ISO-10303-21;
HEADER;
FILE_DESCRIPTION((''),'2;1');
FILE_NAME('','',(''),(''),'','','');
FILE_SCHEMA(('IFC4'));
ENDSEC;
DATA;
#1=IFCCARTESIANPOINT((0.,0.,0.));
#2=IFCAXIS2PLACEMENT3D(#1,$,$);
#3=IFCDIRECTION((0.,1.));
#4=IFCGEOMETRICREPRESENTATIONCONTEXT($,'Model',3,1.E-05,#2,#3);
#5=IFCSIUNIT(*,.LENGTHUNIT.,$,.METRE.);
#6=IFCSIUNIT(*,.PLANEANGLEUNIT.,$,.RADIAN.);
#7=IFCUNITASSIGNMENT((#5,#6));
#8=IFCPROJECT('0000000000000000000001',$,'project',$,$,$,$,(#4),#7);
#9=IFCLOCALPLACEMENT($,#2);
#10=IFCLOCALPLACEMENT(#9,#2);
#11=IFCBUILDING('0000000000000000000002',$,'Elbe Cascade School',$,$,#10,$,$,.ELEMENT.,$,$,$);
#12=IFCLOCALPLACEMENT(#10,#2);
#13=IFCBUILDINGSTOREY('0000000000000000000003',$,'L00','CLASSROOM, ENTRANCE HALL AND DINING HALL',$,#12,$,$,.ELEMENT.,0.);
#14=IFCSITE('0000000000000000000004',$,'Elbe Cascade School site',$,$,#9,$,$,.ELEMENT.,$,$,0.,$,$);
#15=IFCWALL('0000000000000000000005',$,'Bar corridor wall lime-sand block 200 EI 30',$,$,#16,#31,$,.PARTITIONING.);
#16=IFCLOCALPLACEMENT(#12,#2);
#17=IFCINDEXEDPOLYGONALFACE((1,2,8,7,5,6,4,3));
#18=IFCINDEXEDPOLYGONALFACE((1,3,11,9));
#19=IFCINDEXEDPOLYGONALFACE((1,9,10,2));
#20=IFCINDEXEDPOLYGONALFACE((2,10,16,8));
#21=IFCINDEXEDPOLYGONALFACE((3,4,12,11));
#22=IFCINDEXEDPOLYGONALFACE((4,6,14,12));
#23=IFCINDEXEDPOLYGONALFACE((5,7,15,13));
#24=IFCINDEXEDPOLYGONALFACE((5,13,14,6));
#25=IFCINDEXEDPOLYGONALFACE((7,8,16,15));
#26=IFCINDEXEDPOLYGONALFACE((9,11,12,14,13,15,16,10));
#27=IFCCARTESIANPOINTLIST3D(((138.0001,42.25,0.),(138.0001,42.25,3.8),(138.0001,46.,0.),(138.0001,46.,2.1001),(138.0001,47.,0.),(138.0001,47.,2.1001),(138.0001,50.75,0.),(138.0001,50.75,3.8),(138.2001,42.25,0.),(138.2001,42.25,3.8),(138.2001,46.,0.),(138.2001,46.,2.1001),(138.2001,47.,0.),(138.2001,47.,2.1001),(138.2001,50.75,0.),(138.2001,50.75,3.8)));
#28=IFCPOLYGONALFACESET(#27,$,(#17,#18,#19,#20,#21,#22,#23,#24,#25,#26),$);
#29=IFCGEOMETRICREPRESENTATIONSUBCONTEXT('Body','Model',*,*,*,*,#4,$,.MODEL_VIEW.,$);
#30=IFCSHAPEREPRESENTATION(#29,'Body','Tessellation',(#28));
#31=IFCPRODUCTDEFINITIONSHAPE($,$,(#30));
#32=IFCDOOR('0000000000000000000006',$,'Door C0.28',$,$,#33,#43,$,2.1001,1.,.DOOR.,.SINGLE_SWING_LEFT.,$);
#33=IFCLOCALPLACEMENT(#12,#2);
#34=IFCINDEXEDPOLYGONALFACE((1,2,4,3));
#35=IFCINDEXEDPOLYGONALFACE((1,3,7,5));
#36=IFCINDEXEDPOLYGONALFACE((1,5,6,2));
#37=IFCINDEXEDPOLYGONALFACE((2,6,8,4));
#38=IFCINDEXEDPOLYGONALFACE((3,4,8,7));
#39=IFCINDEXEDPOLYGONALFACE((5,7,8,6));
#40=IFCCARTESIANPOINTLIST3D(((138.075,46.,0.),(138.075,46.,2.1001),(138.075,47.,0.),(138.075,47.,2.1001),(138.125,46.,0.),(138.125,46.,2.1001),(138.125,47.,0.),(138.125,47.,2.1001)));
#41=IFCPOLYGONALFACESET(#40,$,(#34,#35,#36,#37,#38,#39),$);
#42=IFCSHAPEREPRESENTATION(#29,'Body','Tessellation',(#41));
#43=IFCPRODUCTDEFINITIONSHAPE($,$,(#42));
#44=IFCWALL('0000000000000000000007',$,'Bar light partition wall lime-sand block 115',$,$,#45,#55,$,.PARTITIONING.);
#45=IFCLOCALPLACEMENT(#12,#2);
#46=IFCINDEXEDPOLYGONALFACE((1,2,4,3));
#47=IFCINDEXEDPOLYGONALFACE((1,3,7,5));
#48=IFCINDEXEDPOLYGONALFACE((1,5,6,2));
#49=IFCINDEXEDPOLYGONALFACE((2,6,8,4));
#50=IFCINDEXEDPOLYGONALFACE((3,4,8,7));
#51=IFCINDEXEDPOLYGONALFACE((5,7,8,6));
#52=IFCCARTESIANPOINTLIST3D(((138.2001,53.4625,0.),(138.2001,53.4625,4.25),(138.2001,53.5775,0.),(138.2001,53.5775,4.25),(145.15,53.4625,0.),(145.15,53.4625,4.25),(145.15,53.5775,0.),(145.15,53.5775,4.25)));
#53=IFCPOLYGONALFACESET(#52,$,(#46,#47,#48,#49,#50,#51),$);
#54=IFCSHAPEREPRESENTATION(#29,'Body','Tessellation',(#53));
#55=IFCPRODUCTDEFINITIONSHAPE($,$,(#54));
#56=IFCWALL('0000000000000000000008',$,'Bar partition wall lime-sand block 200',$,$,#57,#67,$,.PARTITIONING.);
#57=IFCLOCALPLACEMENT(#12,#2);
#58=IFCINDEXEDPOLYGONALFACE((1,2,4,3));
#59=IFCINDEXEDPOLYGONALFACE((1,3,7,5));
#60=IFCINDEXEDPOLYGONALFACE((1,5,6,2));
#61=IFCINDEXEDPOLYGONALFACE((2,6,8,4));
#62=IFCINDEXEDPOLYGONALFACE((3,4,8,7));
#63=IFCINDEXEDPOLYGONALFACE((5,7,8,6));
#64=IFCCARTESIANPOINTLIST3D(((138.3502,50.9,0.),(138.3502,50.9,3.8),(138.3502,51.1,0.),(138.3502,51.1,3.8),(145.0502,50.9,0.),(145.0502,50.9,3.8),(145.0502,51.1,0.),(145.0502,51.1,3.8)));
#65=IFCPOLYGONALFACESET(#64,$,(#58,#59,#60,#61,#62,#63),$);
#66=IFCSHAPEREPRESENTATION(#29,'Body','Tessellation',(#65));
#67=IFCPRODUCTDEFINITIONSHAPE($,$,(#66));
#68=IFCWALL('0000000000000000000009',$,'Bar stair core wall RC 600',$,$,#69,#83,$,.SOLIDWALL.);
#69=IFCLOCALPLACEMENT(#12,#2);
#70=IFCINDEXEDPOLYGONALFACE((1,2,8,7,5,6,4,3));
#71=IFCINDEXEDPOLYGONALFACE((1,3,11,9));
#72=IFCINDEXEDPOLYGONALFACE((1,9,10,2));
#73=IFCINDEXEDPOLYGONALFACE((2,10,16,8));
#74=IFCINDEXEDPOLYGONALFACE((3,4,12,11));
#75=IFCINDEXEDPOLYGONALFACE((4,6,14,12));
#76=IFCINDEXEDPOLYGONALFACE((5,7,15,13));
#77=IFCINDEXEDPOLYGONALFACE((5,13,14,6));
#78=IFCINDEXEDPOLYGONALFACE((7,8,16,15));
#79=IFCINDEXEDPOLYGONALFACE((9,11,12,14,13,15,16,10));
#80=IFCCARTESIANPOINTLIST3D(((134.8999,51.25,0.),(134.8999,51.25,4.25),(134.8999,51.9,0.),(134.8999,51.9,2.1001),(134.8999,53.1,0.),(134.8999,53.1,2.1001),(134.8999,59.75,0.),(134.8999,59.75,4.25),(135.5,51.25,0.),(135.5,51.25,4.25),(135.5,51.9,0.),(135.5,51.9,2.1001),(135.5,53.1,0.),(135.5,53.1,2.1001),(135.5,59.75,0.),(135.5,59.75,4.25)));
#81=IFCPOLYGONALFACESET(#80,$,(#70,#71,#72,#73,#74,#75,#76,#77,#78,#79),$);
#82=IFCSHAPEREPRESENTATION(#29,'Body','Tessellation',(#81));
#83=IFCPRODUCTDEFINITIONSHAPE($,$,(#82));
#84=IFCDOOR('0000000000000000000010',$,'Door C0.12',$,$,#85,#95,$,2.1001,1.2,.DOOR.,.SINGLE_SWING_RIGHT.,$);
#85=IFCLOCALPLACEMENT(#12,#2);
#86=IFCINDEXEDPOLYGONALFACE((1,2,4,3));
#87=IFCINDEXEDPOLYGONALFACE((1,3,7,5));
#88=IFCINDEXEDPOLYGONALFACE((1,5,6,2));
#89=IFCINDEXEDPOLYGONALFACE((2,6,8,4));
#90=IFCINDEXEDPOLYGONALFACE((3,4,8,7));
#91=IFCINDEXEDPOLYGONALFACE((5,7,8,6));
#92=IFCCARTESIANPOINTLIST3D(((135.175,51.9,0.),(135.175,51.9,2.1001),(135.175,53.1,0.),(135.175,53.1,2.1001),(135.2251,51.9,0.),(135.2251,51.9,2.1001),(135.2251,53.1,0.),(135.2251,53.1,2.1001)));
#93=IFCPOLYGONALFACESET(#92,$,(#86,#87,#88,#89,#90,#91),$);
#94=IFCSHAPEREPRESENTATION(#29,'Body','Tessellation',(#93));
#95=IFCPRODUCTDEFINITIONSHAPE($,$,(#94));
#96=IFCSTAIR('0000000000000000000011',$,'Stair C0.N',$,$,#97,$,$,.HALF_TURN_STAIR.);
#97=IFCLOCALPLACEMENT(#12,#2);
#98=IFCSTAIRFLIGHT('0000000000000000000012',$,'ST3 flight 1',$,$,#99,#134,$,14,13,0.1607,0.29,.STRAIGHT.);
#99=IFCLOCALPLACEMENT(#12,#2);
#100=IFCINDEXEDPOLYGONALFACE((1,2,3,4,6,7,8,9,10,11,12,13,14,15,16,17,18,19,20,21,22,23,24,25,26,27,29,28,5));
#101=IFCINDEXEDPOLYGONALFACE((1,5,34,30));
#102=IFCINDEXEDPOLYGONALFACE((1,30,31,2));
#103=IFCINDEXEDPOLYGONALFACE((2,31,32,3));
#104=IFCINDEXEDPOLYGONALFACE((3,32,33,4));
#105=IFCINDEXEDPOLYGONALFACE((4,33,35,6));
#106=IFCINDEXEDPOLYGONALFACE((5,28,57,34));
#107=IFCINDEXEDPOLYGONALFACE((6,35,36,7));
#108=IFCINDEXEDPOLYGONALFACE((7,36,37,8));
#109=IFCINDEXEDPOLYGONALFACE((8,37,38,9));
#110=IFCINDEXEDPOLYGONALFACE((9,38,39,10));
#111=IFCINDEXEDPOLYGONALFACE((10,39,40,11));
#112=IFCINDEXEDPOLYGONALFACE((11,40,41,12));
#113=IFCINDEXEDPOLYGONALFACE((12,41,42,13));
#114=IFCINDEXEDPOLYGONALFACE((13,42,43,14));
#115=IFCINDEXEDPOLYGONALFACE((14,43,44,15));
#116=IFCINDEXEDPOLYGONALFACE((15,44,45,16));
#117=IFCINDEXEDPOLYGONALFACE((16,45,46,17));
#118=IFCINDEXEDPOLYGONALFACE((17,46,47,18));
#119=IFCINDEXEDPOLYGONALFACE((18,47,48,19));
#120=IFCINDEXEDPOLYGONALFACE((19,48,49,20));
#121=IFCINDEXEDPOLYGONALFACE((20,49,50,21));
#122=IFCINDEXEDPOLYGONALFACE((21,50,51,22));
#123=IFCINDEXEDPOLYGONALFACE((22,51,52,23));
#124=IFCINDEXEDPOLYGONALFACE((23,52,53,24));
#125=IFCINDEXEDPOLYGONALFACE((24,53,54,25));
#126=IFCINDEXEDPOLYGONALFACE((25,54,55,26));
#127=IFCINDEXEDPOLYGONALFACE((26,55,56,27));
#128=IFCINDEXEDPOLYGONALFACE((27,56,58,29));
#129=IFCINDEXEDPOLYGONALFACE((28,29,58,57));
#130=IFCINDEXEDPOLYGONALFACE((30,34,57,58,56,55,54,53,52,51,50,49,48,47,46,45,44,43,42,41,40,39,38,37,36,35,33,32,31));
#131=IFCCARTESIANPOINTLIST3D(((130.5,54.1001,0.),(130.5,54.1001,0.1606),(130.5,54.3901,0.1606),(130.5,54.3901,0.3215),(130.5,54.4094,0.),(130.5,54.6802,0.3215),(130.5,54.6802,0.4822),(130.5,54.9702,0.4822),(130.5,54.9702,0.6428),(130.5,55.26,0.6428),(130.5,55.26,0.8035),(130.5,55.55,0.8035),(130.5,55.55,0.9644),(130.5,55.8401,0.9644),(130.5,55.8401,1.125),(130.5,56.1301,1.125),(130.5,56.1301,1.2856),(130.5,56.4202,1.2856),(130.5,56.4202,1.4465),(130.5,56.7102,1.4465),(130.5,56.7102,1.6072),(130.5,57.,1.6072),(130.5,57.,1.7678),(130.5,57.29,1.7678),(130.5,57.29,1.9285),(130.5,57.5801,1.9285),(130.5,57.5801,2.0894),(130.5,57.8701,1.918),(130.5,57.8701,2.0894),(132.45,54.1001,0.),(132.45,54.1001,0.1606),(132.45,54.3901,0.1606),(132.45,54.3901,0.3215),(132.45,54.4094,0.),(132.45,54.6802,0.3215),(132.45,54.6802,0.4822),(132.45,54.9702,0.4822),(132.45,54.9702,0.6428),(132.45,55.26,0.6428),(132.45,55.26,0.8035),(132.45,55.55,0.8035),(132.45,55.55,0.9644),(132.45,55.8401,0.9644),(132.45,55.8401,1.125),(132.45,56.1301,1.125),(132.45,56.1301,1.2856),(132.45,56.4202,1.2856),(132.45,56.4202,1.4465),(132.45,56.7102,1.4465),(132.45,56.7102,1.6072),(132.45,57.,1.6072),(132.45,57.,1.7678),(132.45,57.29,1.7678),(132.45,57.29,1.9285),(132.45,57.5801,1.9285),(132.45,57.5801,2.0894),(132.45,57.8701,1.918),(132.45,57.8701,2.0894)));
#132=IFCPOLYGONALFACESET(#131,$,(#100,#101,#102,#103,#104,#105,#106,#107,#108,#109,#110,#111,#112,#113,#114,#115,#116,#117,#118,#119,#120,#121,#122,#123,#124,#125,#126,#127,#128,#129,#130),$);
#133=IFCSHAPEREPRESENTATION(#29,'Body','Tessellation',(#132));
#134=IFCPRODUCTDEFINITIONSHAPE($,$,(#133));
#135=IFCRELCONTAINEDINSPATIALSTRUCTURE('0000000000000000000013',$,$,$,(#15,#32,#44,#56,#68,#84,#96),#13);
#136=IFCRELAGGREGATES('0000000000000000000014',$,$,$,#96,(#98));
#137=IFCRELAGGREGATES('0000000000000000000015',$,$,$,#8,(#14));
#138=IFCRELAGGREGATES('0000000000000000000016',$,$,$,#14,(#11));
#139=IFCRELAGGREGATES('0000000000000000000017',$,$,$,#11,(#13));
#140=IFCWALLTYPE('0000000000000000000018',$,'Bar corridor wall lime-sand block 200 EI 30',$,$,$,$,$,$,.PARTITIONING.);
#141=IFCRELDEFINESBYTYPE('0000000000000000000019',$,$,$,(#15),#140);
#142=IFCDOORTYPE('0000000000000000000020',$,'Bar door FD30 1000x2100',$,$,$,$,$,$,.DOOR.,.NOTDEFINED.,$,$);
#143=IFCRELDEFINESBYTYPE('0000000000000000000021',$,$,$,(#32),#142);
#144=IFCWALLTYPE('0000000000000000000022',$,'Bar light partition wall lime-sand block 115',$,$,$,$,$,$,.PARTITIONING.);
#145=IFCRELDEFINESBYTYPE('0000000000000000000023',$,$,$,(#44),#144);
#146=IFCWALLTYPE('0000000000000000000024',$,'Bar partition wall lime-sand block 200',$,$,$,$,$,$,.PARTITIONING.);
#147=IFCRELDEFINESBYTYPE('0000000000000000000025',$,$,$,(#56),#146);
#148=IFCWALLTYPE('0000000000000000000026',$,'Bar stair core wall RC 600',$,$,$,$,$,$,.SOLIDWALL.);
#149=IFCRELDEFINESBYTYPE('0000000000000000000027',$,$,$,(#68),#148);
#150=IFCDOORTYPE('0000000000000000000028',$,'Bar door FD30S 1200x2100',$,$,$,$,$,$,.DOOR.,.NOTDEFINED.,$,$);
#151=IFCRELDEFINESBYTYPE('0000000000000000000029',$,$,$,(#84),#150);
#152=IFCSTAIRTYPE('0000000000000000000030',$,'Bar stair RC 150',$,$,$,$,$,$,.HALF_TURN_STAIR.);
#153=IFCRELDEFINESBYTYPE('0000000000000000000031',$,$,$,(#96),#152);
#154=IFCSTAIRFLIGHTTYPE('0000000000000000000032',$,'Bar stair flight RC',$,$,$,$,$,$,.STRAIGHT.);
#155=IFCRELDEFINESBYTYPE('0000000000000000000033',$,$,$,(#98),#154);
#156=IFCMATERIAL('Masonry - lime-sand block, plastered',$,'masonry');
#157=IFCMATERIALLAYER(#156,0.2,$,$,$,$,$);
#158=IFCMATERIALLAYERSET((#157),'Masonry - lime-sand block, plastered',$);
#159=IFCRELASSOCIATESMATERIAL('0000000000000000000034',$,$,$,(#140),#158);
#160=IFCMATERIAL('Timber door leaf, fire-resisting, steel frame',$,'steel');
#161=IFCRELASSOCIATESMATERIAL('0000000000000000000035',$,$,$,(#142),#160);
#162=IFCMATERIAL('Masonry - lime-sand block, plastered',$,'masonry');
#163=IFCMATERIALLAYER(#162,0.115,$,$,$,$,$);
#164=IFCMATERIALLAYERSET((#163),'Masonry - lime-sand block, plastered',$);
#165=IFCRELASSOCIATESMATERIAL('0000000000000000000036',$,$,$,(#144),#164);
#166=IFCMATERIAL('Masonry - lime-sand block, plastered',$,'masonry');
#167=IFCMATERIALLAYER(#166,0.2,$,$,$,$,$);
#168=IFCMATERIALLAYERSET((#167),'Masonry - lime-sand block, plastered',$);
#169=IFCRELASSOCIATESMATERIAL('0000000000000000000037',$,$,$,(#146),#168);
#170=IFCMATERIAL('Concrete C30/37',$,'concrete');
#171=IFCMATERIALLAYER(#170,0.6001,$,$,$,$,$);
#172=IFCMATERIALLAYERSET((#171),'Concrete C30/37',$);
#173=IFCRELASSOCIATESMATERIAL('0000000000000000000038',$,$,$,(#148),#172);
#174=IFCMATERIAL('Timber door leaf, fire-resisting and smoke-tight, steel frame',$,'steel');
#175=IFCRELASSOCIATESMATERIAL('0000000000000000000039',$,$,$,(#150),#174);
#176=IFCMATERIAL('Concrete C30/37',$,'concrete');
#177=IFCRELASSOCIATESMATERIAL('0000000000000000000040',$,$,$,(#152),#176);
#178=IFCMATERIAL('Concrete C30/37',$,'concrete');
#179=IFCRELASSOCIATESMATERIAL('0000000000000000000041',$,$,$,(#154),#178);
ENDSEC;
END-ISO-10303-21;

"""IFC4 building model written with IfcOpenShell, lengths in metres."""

from ifc_helpers import new_model, si_unit, direction, frame, frame_2d, origin, place, context, subcontext, project, spatial, polyline, rectangle, outline, extrude, material, layer, layer_set, type_object, element, fill, aggregate, save


model = new_model("IFC4")

# Units and contexts
model_context = context("Model", 3, precision=1e-05, world=origin(), true_north=direction((0.0, 1.0)))
body_context = subcontext(model_context, "Body", "Model", "MODEL_VIEW")
ifc_project = project(units=[si_unit("LENGTHUNIT", "METRE"), si_unit("PLANEANGLEUNIT", "RADIAN")], contexts=[model_context])

# Site, building, storey
site_placement = place(None, origin())
site = spatial("IfcSite", under=ifc_project, at=site_placement, Name="Elbe Cascade School site", CompositionType="ELEMENT", RefElevation=0.0)
building_placement = place(site_placement, origin())
building = spatial("IfcBuilding", under=site, at=building_placement, Name="Elbe Cascade School", CompositionType="ELEMENT")
storey_placement = place(building_placement, origin())
storey = spatial("IfcBuildingStorey", under=building, at=storey_placement, Name="L00", Description="CLASSROOM, ENTRANCE HALL AND DINING HALL", CompositionType="ELEMENT", Elevation=0.0)

# Wall, opening, door
ifc_material_1 = material(Name="Masonry - lime-sand block, plastered", Category="masonry")
ifc_layer_1 = layer(ifc_material_1, 0.2)
ifc_layer_set_1 = layer_set([ifc_layer_1], Name="Masonry - lime-sand block, plastered")
wall_type_1 = type_object("IfcWallType", Name="Bar corridor wall lime-sand block 200 EI 30", PredefinedType="PARTITIONING", material=ifc_layer_set_1)
wall_1_placement = place(storey_placement, frame((138.1001, 50.75, 0.0), z_axis=(0.0, 0.0, 1.0), x_axis=(0.0, -1.0, 0.0)))
wall_1 = element("IfcWall", 1, at=wall_1_placement, inside=storey, type_object=wall_type_1, Name="Bar corridor wall lime-sand block 200 EI 30", PredefinedType="PARTITIONING", context=body_context, shape_type="SweptSolid", body=[
    extrude(rectangle(XDim=8.5, YDim=0.2, at=frame_2d((4.25, 0.0))), origin(), (0.0, 0.0, 1.0), 3.8),
])
opening_1_placement = place(wall_1_placement, frame((3.75, 0.0, 0.0)))
opening_1 = element("IfcOpeningElement", 2, at=opening_1_placement, cuts=wall_1, PredefinedType="OPENING", context=body_context, shape_type="SweptSolid", body=[
    extrude(rectangle(XDim=1.0, YDim=2.1001, at=frame_2d((0.5, 1.05))), frame((0.0, 0.1099, 0.0), z_axis=(0.0, -1.0, 0.0), x_axis=(1.0, 0.0, 0.0)), (0.0, 0.0, 1.0), 0.22),
])
ifc_material_2 = material(Name="Timber door leaf, fire-resisting, steel frame", Category="steel")
door_type_1 = type_object("IfcDoorType", Name="Bar door FD30 1000x2100", OperationType="NOTDEFINED", PredefinedType="DOOR", material=ifc_material_2)
door_1_placement = place(opening_1_placement, origin())
door_1 = element("IfcDoor", 3, at=door_1_placement, inside=storey, type_object=door_type_1, Name="Door C0.28", OperationType="SINGLE_SWING_LEFT", OverallHeight=2.1001, OverallWidth=1.0, PredefinedType="DOOR", context=body_context, shape_type="SweptSolid", body=[
    extrude(rectangle(XDim=1.0, YDim=2.1001, at=frame_2d((0.5, 1.05))), frame((0.0, 0.0249, 0.0), z_axis=(0.0, -1.0, 0.0), x_axis=(1.0, 0.0, 0.0)), (0.0, 0.0, 1.0), 0.05),
])
fill(opening_1, door_1)

# Walls
ifc_material_3 = material(Name="Masonry - lime-sand block, plastered", Category="masonry")
ifc_layer_2 = layer(ifc_material_3, 0.115)
ifc_layer_set_2 = layer_set([ifc_layer_2], Name="Masonry - lime-sand block, plastered")
wall_type_2 = type_object("IfcWallType", Name="Bar light partition wall lime-sand block 115", PredefinedType="PARTITIONING", material=ifc_layer_set_2)
wall_2_placement = place(storey_placement, frame((138.2, 53.52, 0.0), z_axis=(0.0, 0.0, 1.0), x_axis=(1.0, 0.0, 0.0)))
element("IfcWall", 4, at=wall_2_placement, inside=storey, type_object=wall_type_2, Name="Bar light partition wall lime-sand block 115", PredefinedType="PARTITIONING", context=body_context, shape_type="SweptSolid", body=[
    extrude(rectangle(XDim=6.95, YDim=0.115, at=frame_2d((3.4751, 0.0))), origin(), (0.0, 0.0, 1.0), 4.25),
])
ifc_material_4 = material(Name="Masonry - lime-sand block, plastered", Category="masonry")
ifc_layer_3 = layer(ifc_material_4, 0.2)
ifc_layer_set_3 = layer_set([ifc_layer_3], Name="Masonry - lime-sand block, plastered")
wall_type_3 = type_object("IfcWallType", Name="Bar partition wall lime-sand block 200", PredefinedType="PARTITIONING", material=ifc_layer_set_3)
wall_3_placement = place(storey_placement, frame((138.3501, 51.0, 0.0), z_axis=(0.0, 0.0, 1.0), x_axis=(1.0, 0.0, 0.0)))
element("IfcWall", 5, at=wall_3_placement, inside=storey, type_object=wall_type_3, Name="Bar partition wall lime-sand block 200", PredefinedType="PARTITIONING", context=body_context, shape_type="SweptSolid", body=[
    extrude(rectangle(XDim=6.7, YDim=0.2, at=frame_2d((3.3501, 0.0))), origin(), (0.0, 0.0, 1.0), 3.8),
])

# Wall, opening, door
ifc_material_5 = material(Name="Concrete C30/37", Category="concrete")
ifc_layer_4 = layer(ifc_material_5, 0.6001)
ifc_layer_set_4 = layer_set([ifc_layer_4], Name="Concrete C30/37")
wall_type_4 = type_object("IfcWallType", Name="Bar stair core wall RC 600", PredefinedType="SOLIDWALL", material=ifc_layer_set_4)
wall_4_placement = place(storey_placement, frame((135.2, 51.25, 0.0), z_axis=(0.0, 0.0, 1.0), x_axis=(0.0, 1.0, 0.0)))
wall_4 = element("IfcWall", 6, at=wall_4_placement, inside=storey, type_object=wall_type_4, Name="Bar stair core wall RC 600", PredefinedType="SOLIDWALL", context=body_context, shape_type="SweptSolid", body=[
    extrude(rectangle(XDim=8.5, YDim=0.6001, at=frame_2d((4.25, 0.0))), origin(), (0.0, 0.0, 1.0), 4.25),
])
opening_2_placement = place(wall_4_placement, frame((0.6499, 0.0, 0.0)))
opening_2 = element("IfcOpeningElement", 7, at=opening_2_placement, cuts=wall_4, PredefinedType="OPENING", context=body_context, shape_type="SweptSolid", body=[
    extrude(rectangle(XDim=1.2, YDim=2.1001, at=frame_2d((0.6001, 1.05))), frame((0.0, 0.3101, 0.0), z_axis=(0.0, -1.0, 0.0), x_axis=(1.0, 0.0, 0.0)), (0.0, 0.0, 1.0), 0.6201),
])
ifc_material_6 = material(Name="Timber door leaf, fire-resisting and smoke-tight, steel frame", Category="steel")
door_type_2 = type_object("IfcDoorType", Name="Bar door FD30S 1200x2100", OperationType="NOTDEFINED", PredefinedType="DOOR", material=ifc_material_6)
door_2_placement = place(opening_2_placement, origin())
door_2 = element("IfcDoor", 8, at=door_2_placement, inside=storey, type_object=door_type_2, Name="Door C0.12", OperationType="SINGLE_SWING_RIGHT", OverallHeight=2.1001, OverallWidth=1.2, PredefinedType="DOOR", context=body_context, shape_type="SweptSolid", body=[
    extrude(rectangle(XDim=1.2, YDim=2.1001, at=frame_2d((0.6001, 1.05))), frame((0.0, 0.0249, 0.0), z_axis=(0.0, -1.0, 0.0), x_axis=(1.0, 0.0, 0.0)), (0.0, 0.0, 1.0), 0.05),
])
fill(opening_2, door_2)

# Stair, stair flight
ifc_material_7 = material(Name="Concrete C30/37", Category="concrete")
stair_type = type_object("IfcStairType", Name="Bar stair RC 150", PredefinedType="HALF_TURN_STAIR", material=ifc_material_7)
stair_placement = place(storey_placement, origin())
stair = element("IfcStair", 9, at=stair_placement, inside=storey, type_object=stair_type, Name="Stair C0.N", PredefinedType="HALF_TURN_STAIR")
ifc_material_8 = material(Name="Concrete C30/37", Category="concrete")
stair_flight_type = type_object("IfcStairFlightType", Name="Bar stair flight RC", PredefinedType="STRAIGHT", material=ifc_material_8)
stair_flight_placement = place(storey_placement, frame((131.4751, 54.1001, 0.0), z_axis=(0.0, 0.0, 1.0), x_axis=(0.0, 1.0, 0.0)))
stair_flight = element("IfcStairFlight", 10, at=stair_flight_placement, type_object=stair_flight_type, Name="ST3 flight 1", NumberOfRisers=14, NumberOfTreads=13, PredefinedType="STRAIGHT", RiserHeight=0.1607, TreadLength=0.29, context=body_context, shape_type="SweptSolid", body=[
    extrude(outline(polyline([(0.0, 0.0), (0.0, 0.1606), (0.29, 0.1606), (0.29, 0.3215), (0.5801, 0.3215), (0.5801, 0.4822), (0.8701, 0.4822), (0.8701, 0.6428), (1.1599, 0.6428), (1.1599, 0.8035), (1.45, 0.8035), (1.45, 0.9644), (1.74, 0.9644), (1.74, 1.125), (2.03, 1.125), (2.03, 1.2856), (2.3201, 1.2856), (2.3201, 1.4465), (2.6101, 1.4465), (2.6101, 1.6072), (2.8999, 1.6072), (2.8999, 1.7678), (3.1899, 1.7678), (3.1899, 1.9285), (3.48, 1.9285), (3.48, 2.0894), (3.77, 2.0894), (3.77, 2.25), (3.77, 1.918), (0.3093, 0.0), (0.0, 0.0)])), frame((0.0, 0.9751, 0.0), z_axis=(0.0, -1.0, 0.0), x_axis=(1.0, 0.0, 0.0)), (0.0, 0.0, 1.0), 1.95),
])
aggregate(stair, [stair_flight])

save(model, "model.ifc")
